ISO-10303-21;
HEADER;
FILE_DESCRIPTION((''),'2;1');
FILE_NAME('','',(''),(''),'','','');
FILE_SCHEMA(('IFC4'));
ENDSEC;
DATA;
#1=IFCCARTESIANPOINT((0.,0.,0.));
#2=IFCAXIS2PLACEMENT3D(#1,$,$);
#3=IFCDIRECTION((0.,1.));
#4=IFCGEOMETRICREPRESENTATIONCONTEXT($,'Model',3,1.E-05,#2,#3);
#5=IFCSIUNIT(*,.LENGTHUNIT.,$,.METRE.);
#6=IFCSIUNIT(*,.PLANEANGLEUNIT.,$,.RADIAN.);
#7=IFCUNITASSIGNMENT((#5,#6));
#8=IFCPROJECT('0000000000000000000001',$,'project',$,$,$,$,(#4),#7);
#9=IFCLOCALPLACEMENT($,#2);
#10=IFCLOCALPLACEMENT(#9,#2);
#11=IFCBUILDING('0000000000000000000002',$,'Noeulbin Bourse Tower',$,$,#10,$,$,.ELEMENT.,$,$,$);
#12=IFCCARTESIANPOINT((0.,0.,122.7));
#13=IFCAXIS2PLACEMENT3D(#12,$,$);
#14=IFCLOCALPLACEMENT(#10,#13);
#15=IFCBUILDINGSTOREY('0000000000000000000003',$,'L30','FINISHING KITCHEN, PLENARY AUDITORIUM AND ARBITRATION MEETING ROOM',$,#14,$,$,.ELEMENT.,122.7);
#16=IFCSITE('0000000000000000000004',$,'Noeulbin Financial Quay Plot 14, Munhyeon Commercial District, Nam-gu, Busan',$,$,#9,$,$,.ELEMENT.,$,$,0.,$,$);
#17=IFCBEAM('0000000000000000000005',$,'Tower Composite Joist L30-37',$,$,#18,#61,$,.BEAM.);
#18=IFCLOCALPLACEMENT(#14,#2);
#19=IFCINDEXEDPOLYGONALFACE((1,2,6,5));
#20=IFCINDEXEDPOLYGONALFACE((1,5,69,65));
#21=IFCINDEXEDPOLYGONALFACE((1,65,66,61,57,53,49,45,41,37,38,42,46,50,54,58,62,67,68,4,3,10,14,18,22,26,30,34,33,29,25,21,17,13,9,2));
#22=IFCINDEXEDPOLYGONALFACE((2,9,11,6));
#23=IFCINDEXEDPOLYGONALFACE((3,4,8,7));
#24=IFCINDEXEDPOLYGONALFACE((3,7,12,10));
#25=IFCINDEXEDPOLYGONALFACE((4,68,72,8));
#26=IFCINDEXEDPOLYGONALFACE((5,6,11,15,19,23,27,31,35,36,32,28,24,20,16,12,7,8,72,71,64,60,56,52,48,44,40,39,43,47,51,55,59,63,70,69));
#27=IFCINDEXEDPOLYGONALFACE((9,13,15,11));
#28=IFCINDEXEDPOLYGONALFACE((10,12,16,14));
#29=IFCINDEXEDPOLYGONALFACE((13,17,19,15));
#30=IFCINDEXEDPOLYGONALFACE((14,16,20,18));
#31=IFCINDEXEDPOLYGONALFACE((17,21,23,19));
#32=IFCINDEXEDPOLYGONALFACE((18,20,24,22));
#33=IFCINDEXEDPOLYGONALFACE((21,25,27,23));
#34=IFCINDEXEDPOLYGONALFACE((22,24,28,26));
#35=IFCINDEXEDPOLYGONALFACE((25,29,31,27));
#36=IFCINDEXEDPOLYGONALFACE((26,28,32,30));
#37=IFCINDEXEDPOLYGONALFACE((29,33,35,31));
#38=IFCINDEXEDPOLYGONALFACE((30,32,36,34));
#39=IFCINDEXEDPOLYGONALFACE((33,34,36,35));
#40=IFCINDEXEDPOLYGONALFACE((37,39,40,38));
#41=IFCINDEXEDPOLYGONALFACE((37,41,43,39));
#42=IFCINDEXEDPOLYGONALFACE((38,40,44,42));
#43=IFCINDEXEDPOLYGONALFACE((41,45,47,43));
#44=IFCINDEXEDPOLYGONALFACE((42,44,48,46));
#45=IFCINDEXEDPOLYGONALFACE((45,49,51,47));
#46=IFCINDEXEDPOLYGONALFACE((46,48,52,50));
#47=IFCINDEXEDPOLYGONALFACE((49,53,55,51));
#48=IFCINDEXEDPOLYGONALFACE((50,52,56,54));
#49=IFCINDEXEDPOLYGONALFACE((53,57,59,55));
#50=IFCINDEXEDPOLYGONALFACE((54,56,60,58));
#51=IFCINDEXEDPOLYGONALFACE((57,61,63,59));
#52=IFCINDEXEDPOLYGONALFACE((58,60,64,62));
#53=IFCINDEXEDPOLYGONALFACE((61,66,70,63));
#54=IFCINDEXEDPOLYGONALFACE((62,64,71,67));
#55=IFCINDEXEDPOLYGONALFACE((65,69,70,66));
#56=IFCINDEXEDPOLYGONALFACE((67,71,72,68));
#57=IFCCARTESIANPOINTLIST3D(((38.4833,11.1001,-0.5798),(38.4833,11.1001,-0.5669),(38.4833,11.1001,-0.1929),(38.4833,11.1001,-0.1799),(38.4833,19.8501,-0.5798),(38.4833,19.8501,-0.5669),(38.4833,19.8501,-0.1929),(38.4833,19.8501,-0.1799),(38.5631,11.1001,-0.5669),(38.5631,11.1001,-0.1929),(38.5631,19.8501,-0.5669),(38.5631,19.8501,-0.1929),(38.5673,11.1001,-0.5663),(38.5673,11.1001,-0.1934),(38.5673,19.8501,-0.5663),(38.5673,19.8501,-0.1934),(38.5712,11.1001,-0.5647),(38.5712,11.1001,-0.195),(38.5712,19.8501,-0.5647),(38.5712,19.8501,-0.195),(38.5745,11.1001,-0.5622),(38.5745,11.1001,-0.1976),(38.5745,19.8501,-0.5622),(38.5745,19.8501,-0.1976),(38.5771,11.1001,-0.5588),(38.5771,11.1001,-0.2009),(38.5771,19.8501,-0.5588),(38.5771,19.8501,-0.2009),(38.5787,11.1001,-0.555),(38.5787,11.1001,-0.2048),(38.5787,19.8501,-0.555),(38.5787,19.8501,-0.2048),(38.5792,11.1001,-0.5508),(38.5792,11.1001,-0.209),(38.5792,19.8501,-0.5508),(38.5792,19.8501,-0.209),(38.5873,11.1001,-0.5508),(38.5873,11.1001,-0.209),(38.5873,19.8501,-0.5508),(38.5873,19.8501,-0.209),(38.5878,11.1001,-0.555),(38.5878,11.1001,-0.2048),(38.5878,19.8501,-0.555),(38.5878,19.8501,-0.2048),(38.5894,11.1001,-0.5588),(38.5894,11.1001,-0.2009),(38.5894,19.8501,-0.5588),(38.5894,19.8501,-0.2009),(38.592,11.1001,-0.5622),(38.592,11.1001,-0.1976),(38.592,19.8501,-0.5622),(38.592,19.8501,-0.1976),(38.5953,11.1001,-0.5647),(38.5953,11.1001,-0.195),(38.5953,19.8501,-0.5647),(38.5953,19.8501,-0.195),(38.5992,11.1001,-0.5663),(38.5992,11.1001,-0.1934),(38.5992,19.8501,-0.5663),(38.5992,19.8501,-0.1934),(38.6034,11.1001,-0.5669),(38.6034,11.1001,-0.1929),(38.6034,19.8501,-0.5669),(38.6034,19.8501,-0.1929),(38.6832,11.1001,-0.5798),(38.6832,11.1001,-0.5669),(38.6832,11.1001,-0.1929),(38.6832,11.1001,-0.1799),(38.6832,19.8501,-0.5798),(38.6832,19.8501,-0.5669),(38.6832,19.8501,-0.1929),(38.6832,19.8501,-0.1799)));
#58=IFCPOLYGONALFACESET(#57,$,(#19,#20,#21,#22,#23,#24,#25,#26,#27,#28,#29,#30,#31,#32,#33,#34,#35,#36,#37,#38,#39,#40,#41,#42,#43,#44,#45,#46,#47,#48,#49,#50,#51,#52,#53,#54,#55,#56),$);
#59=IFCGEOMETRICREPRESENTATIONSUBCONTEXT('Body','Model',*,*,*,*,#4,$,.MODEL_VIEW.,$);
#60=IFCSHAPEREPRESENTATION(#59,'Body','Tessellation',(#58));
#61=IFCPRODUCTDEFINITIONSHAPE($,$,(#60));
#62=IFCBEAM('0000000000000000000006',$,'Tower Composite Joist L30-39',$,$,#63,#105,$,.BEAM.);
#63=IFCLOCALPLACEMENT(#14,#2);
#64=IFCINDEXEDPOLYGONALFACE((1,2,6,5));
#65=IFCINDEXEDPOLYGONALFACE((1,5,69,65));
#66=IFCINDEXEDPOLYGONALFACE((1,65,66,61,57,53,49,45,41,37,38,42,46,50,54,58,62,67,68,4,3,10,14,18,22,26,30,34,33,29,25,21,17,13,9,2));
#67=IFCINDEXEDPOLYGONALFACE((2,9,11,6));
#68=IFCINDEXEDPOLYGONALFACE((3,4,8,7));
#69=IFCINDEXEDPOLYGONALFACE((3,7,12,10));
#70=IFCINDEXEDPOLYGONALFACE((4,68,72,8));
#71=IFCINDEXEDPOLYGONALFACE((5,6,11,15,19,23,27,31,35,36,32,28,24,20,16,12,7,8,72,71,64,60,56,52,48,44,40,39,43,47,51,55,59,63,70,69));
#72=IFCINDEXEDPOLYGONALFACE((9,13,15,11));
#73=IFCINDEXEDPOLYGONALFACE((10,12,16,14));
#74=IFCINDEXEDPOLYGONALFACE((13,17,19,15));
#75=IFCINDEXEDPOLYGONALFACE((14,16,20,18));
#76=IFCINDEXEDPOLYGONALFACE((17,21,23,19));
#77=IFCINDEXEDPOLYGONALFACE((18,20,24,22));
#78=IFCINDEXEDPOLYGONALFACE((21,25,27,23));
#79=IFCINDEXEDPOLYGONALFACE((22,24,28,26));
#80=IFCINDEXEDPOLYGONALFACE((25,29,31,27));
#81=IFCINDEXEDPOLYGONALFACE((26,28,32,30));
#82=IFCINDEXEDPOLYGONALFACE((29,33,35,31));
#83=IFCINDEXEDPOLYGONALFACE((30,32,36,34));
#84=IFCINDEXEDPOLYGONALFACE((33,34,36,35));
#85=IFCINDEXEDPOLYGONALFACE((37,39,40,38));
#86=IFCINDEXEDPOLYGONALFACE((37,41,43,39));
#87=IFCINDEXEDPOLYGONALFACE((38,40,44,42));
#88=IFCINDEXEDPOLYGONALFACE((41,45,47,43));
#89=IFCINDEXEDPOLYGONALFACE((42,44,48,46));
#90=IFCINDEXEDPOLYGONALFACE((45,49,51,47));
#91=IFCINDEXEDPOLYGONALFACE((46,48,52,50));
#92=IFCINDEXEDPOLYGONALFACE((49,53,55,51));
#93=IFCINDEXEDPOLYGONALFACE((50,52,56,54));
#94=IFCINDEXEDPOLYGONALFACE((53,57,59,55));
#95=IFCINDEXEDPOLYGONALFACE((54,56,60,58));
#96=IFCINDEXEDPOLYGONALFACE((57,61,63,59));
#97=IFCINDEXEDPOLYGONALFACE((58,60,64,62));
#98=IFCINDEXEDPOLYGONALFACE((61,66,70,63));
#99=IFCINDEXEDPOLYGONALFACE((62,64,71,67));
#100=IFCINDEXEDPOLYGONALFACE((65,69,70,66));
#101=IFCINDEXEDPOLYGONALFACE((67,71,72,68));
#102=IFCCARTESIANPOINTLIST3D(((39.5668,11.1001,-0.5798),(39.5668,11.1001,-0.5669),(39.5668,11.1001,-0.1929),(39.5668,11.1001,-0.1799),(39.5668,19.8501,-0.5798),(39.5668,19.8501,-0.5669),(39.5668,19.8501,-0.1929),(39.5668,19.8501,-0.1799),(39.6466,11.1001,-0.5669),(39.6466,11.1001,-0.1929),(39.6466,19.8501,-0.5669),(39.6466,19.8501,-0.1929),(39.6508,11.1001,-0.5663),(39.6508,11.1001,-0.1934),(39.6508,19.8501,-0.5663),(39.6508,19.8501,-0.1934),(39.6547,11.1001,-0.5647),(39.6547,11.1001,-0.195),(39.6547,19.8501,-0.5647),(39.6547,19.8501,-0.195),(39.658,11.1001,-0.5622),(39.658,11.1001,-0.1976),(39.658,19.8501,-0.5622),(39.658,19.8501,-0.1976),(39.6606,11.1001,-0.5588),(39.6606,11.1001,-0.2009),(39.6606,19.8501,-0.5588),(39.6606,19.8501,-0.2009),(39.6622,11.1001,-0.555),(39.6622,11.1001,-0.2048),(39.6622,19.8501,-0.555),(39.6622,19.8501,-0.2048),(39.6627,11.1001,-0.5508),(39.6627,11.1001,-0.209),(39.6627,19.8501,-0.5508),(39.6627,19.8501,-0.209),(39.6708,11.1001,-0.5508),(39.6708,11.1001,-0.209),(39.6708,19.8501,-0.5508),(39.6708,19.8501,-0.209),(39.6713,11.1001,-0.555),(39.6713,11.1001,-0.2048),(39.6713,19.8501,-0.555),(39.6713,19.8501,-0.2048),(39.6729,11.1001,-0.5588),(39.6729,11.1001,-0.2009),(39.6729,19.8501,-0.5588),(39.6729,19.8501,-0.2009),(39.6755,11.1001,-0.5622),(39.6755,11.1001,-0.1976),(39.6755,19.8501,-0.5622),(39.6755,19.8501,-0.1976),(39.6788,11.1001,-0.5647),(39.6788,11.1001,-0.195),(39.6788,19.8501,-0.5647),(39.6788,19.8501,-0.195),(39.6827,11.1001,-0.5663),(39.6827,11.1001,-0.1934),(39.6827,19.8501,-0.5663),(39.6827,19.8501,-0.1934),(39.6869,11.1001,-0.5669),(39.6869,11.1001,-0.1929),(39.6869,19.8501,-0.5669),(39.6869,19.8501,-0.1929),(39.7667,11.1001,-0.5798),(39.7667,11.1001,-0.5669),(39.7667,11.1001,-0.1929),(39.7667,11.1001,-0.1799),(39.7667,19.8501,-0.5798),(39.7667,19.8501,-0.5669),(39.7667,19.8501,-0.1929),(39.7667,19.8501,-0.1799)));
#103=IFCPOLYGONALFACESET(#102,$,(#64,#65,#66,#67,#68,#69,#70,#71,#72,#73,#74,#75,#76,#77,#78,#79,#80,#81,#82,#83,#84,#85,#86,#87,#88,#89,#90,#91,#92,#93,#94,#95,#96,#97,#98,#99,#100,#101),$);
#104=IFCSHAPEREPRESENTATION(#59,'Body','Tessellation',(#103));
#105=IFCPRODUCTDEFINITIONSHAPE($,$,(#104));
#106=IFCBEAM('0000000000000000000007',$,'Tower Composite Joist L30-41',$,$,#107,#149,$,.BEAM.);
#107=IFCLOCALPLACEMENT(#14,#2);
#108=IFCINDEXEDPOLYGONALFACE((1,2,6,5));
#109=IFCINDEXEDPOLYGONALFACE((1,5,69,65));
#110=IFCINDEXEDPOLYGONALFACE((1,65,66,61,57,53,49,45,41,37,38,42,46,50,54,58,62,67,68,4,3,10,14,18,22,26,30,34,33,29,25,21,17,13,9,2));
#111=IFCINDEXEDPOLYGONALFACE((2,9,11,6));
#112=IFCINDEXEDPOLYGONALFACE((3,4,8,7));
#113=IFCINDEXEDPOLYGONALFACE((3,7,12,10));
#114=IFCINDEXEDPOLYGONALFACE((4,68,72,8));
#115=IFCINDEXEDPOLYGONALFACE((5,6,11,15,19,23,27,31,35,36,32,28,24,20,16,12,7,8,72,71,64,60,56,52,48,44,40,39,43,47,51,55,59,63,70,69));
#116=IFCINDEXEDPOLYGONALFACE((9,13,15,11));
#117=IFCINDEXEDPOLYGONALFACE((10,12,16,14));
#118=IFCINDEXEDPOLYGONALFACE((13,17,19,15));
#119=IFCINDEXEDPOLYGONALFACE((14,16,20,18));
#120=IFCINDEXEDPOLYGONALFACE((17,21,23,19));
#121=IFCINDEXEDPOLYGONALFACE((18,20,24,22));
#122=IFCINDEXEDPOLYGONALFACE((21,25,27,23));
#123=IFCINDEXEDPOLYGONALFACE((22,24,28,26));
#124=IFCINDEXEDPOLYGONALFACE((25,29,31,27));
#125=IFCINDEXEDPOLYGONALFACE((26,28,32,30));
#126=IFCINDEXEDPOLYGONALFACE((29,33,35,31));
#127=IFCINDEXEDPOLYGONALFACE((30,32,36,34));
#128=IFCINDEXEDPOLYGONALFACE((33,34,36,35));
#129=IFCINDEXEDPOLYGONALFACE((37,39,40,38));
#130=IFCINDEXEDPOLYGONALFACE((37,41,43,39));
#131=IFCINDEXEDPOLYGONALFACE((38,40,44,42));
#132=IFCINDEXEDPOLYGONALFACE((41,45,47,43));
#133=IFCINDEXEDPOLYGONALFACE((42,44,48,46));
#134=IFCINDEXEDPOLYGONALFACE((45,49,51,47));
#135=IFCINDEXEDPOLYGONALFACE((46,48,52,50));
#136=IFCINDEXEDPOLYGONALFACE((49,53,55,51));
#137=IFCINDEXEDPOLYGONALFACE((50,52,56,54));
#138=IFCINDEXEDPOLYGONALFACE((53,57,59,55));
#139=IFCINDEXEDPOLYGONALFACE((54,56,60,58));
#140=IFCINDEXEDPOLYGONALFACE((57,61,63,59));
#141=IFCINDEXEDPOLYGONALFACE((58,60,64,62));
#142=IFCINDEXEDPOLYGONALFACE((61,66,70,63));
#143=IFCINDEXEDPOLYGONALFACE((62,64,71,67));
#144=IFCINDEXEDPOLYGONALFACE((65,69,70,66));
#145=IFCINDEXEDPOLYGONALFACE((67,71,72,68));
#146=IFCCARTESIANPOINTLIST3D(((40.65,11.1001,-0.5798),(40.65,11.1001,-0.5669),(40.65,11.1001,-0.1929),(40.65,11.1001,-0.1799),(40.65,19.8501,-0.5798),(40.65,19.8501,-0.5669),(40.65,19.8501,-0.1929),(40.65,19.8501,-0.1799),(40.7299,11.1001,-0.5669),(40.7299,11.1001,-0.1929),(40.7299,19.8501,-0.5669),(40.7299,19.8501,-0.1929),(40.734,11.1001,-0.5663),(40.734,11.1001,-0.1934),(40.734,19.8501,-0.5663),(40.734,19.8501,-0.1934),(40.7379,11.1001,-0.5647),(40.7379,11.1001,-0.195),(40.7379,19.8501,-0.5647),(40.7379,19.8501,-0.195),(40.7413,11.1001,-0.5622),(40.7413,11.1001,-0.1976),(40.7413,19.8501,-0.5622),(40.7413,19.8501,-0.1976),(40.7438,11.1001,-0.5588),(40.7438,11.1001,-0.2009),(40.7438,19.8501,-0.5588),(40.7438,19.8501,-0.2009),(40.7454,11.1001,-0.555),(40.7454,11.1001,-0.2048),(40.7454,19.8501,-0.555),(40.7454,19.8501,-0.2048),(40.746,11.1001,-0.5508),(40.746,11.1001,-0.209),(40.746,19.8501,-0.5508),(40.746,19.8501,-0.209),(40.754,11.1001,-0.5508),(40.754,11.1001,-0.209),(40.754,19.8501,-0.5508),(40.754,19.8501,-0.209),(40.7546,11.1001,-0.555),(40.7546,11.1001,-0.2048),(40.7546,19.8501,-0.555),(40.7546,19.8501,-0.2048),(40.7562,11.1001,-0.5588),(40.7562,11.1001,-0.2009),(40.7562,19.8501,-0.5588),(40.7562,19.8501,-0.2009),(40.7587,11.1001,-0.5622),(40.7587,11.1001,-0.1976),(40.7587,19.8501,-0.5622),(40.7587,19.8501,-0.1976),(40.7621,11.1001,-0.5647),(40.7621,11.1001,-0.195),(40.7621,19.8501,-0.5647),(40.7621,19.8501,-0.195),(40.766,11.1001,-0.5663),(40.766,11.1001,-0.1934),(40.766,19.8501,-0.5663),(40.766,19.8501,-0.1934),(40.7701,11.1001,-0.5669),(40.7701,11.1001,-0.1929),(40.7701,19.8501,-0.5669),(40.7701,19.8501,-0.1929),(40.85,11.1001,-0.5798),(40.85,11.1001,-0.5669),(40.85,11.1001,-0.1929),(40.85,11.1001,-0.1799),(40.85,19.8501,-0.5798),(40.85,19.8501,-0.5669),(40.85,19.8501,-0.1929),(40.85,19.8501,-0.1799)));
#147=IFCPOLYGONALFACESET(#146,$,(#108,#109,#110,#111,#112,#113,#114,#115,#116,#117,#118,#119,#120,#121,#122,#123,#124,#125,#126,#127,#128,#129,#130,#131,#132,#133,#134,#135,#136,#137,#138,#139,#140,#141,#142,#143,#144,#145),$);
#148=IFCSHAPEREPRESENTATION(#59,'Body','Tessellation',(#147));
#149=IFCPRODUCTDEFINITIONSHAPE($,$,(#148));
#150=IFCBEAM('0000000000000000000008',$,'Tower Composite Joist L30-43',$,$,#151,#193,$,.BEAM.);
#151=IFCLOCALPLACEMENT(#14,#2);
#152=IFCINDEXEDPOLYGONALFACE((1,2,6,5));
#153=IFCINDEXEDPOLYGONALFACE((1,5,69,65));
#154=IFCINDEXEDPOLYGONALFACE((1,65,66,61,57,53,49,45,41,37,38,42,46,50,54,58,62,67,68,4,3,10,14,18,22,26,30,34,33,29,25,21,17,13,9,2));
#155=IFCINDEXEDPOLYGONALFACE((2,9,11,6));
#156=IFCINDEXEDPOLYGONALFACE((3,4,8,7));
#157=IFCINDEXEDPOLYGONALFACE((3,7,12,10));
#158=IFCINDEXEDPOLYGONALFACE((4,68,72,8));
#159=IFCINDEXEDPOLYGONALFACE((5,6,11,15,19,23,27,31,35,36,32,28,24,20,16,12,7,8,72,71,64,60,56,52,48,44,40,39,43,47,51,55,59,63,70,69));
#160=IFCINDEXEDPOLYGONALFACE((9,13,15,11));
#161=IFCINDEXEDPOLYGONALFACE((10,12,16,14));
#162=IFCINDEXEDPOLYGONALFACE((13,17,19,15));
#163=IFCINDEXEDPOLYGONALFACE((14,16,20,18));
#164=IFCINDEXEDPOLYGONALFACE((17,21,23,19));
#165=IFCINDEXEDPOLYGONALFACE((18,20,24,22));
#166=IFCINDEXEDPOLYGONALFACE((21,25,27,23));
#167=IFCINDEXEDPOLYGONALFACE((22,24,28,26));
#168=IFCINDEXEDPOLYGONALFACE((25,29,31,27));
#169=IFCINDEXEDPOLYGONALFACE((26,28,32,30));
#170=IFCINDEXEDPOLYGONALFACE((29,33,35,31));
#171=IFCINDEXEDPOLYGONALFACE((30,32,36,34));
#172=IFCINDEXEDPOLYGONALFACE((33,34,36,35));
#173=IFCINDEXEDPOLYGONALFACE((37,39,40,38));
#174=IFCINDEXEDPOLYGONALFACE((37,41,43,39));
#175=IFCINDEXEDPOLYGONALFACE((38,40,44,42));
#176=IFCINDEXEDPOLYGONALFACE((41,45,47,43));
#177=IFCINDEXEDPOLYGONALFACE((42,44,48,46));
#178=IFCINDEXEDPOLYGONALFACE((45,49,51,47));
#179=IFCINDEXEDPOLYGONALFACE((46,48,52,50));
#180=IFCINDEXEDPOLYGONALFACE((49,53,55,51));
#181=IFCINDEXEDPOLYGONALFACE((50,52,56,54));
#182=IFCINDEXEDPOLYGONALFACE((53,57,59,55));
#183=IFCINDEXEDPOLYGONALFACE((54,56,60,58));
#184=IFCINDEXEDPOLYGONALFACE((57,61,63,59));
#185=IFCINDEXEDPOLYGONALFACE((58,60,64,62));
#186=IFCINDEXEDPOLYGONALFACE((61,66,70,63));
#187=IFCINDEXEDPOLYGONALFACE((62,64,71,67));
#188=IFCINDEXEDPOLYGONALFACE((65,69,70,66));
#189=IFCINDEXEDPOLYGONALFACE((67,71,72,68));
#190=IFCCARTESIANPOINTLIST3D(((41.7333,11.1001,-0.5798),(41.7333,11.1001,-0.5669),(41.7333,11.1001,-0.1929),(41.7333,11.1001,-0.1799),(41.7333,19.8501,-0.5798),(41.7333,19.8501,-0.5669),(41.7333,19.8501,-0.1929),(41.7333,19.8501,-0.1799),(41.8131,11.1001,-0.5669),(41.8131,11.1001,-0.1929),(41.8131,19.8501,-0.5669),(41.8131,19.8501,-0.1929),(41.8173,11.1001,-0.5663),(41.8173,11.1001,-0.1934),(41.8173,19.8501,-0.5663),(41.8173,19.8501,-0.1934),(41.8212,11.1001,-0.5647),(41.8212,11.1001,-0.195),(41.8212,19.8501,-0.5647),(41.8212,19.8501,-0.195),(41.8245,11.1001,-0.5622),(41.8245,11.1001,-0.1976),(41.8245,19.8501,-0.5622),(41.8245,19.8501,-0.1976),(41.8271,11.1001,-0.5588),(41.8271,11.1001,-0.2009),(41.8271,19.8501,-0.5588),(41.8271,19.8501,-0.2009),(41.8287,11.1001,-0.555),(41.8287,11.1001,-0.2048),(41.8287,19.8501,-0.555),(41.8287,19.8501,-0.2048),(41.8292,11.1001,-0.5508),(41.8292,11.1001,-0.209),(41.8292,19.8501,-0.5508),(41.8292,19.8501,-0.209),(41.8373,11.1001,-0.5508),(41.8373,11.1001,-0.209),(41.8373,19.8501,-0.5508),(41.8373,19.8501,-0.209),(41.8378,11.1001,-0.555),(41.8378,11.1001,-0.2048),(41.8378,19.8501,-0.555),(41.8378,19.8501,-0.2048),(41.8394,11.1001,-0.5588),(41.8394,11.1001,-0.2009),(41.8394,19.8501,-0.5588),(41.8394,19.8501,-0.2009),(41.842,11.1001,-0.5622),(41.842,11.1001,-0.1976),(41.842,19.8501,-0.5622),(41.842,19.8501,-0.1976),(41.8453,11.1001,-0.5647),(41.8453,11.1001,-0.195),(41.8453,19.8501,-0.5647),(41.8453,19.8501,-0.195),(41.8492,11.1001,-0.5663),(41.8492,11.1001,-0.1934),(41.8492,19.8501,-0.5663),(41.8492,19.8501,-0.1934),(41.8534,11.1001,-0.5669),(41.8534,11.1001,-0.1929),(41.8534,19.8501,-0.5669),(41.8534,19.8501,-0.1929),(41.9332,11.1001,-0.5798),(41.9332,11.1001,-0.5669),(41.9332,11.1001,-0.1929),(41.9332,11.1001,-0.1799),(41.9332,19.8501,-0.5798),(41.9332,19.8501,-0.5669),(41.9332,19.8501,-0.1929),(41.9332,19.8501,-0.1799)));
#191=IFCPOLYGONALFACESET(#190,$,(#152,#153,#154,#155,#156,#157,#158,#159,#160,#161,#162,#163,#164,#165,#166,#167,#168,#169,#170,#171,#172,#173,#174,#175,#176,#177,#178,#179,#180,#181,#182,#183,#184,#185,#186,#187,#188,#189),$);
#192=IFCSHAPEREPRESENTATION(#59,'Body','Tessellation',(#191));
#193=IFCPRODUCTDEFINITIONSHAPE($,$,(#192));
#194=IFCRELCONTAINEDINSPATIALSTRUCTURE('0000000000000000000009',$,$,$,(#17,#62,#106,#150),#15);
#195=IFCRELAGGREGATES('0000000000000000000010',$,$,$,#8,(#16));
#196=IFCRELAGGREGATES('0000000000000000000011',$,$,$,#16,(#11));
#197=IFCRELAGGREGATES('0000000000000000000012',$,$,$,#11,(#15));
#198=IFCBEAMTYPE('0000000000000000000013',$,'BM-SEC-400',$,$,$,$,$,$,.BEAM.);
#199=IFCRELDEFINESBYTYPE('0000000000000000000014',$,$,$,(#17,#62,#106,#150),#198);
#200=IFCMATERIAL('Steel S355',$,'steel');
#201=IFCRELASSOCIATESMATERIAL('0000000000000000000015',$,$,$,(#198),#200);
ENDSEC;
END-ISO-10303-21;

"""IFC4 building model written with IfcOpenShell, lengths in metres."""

from ifc_helpers import new_model, si_unit, direction, frame, origin, origin_2d, place, context, subcontext, project, spatial, i_section, extrude, material, material_profile, profile_set, type_object, element, save


model = new_model("IFC4")

# Units and contexts
model_context = context("Model", 3, precision=1e-05, world=origin(), true_north=direction((0.0, 1.0)))
body_context = subcontext(model_context, "Body", "Model", "MODEL_VIEW")
ifc_project = project(units=[si_unit("LENGTHUNIT", "METRE"), si_unit("PLANEANGLEUNIT", "RADIAN")], contexts=[model_context])

# Site, building, storey
site_placement = place(None, origin())
site = spatial("IfcSite", under=ifc_project, at=site_placement, Name="Noeulbin Financial Quay Plot 14, Munhyeon Commercial District, Nam-gu, Busan", CompositionType="ELEMENT", RefElevation=0.0)
building_placement = place(site_placement, origin())
building = spatial("IfcBuilding", under=site, at=building_placement, Name="Noeulbin Bourse Tower", CompositionType="ELEMENT")
storey_placement = place(building_placement, frame((0.0, 0.0, 122.7)))
storey = spatial("IfcBuildingStorey", under=building, at=storey_placement, Name="L30", Description="FINISHING KITCHEN, PLENARY AUDITORIUM AND ARBITRATION MEETING ROOM", CompositionType="ELEMENT", Elevation=122.7)

# Shared definitions
ifc_material_1 = material(Name="Steel S355", Category="steel")

# Beams
ifc_material_profile_1 = material_profile(ifc_material_1, i_section(OverallWidth=0.2, OverallDepth=0.3999, WebThickness=0.0081, FlangeThickness=0.0129, FilletRadius=0.0161, at=origin_2d()), Name="H-400x200x8x13", Category="LoadBearing")
ifc_profile_set_1 = profile_set([ifc_material_profile_1], Name="Steel S355")
beam_type_1 = type_object("IfcBeamType", Name="BM-SEC-400", PredefinedType="BEAM", material=ifc_profile_set_1)
for number, where, z_axis, x_axis, name in (
    (1, (38.5833, 11.1001, -0.3799), (0.0, 1.0, 0.0), (-1.0, 0.0, 0.0), "Tower Composite Joist L30-37"),
    (2, (39.6667, 11.1001, -0.3799), (0.0, 1.0, 0.0), (-1.0, 0.0, 0.0), "Tower Composite Joist L30-39"),
    (3, (40.75, 11.1001, -0.3799), (0.0, 1.0, 0.0), (-1.0, 0.0, 0.0), "Tower Composite Joist L30-41"),
    (4, (41.8333, 11.1001, -0.3799), (0.0, 1.0, 0.0), (-1.0, 0.0, 0.0), "Tower Composite Joist L30-43"),
):
    element("IfcBeam", number, at=place(storey_placement, frame(where, z_axis=z_axis, x_axis=x_axis)), inside=storey, type_object=beam_type_1, Name=name, PredefinedType="BEAM", context=body_context, shape_type="SweptSolid", body=[
        extrude(i_section(OverallWidth=0.2, OverallDepth=0.3999, WebThickness=0.0081, FlangeThickness=0.0129, FilletRadius=0.0161, at=origin_2d()), origin(), (0.0, 0.0, 1.0), 8.75),
    ])

save(model, "model.ifc")
